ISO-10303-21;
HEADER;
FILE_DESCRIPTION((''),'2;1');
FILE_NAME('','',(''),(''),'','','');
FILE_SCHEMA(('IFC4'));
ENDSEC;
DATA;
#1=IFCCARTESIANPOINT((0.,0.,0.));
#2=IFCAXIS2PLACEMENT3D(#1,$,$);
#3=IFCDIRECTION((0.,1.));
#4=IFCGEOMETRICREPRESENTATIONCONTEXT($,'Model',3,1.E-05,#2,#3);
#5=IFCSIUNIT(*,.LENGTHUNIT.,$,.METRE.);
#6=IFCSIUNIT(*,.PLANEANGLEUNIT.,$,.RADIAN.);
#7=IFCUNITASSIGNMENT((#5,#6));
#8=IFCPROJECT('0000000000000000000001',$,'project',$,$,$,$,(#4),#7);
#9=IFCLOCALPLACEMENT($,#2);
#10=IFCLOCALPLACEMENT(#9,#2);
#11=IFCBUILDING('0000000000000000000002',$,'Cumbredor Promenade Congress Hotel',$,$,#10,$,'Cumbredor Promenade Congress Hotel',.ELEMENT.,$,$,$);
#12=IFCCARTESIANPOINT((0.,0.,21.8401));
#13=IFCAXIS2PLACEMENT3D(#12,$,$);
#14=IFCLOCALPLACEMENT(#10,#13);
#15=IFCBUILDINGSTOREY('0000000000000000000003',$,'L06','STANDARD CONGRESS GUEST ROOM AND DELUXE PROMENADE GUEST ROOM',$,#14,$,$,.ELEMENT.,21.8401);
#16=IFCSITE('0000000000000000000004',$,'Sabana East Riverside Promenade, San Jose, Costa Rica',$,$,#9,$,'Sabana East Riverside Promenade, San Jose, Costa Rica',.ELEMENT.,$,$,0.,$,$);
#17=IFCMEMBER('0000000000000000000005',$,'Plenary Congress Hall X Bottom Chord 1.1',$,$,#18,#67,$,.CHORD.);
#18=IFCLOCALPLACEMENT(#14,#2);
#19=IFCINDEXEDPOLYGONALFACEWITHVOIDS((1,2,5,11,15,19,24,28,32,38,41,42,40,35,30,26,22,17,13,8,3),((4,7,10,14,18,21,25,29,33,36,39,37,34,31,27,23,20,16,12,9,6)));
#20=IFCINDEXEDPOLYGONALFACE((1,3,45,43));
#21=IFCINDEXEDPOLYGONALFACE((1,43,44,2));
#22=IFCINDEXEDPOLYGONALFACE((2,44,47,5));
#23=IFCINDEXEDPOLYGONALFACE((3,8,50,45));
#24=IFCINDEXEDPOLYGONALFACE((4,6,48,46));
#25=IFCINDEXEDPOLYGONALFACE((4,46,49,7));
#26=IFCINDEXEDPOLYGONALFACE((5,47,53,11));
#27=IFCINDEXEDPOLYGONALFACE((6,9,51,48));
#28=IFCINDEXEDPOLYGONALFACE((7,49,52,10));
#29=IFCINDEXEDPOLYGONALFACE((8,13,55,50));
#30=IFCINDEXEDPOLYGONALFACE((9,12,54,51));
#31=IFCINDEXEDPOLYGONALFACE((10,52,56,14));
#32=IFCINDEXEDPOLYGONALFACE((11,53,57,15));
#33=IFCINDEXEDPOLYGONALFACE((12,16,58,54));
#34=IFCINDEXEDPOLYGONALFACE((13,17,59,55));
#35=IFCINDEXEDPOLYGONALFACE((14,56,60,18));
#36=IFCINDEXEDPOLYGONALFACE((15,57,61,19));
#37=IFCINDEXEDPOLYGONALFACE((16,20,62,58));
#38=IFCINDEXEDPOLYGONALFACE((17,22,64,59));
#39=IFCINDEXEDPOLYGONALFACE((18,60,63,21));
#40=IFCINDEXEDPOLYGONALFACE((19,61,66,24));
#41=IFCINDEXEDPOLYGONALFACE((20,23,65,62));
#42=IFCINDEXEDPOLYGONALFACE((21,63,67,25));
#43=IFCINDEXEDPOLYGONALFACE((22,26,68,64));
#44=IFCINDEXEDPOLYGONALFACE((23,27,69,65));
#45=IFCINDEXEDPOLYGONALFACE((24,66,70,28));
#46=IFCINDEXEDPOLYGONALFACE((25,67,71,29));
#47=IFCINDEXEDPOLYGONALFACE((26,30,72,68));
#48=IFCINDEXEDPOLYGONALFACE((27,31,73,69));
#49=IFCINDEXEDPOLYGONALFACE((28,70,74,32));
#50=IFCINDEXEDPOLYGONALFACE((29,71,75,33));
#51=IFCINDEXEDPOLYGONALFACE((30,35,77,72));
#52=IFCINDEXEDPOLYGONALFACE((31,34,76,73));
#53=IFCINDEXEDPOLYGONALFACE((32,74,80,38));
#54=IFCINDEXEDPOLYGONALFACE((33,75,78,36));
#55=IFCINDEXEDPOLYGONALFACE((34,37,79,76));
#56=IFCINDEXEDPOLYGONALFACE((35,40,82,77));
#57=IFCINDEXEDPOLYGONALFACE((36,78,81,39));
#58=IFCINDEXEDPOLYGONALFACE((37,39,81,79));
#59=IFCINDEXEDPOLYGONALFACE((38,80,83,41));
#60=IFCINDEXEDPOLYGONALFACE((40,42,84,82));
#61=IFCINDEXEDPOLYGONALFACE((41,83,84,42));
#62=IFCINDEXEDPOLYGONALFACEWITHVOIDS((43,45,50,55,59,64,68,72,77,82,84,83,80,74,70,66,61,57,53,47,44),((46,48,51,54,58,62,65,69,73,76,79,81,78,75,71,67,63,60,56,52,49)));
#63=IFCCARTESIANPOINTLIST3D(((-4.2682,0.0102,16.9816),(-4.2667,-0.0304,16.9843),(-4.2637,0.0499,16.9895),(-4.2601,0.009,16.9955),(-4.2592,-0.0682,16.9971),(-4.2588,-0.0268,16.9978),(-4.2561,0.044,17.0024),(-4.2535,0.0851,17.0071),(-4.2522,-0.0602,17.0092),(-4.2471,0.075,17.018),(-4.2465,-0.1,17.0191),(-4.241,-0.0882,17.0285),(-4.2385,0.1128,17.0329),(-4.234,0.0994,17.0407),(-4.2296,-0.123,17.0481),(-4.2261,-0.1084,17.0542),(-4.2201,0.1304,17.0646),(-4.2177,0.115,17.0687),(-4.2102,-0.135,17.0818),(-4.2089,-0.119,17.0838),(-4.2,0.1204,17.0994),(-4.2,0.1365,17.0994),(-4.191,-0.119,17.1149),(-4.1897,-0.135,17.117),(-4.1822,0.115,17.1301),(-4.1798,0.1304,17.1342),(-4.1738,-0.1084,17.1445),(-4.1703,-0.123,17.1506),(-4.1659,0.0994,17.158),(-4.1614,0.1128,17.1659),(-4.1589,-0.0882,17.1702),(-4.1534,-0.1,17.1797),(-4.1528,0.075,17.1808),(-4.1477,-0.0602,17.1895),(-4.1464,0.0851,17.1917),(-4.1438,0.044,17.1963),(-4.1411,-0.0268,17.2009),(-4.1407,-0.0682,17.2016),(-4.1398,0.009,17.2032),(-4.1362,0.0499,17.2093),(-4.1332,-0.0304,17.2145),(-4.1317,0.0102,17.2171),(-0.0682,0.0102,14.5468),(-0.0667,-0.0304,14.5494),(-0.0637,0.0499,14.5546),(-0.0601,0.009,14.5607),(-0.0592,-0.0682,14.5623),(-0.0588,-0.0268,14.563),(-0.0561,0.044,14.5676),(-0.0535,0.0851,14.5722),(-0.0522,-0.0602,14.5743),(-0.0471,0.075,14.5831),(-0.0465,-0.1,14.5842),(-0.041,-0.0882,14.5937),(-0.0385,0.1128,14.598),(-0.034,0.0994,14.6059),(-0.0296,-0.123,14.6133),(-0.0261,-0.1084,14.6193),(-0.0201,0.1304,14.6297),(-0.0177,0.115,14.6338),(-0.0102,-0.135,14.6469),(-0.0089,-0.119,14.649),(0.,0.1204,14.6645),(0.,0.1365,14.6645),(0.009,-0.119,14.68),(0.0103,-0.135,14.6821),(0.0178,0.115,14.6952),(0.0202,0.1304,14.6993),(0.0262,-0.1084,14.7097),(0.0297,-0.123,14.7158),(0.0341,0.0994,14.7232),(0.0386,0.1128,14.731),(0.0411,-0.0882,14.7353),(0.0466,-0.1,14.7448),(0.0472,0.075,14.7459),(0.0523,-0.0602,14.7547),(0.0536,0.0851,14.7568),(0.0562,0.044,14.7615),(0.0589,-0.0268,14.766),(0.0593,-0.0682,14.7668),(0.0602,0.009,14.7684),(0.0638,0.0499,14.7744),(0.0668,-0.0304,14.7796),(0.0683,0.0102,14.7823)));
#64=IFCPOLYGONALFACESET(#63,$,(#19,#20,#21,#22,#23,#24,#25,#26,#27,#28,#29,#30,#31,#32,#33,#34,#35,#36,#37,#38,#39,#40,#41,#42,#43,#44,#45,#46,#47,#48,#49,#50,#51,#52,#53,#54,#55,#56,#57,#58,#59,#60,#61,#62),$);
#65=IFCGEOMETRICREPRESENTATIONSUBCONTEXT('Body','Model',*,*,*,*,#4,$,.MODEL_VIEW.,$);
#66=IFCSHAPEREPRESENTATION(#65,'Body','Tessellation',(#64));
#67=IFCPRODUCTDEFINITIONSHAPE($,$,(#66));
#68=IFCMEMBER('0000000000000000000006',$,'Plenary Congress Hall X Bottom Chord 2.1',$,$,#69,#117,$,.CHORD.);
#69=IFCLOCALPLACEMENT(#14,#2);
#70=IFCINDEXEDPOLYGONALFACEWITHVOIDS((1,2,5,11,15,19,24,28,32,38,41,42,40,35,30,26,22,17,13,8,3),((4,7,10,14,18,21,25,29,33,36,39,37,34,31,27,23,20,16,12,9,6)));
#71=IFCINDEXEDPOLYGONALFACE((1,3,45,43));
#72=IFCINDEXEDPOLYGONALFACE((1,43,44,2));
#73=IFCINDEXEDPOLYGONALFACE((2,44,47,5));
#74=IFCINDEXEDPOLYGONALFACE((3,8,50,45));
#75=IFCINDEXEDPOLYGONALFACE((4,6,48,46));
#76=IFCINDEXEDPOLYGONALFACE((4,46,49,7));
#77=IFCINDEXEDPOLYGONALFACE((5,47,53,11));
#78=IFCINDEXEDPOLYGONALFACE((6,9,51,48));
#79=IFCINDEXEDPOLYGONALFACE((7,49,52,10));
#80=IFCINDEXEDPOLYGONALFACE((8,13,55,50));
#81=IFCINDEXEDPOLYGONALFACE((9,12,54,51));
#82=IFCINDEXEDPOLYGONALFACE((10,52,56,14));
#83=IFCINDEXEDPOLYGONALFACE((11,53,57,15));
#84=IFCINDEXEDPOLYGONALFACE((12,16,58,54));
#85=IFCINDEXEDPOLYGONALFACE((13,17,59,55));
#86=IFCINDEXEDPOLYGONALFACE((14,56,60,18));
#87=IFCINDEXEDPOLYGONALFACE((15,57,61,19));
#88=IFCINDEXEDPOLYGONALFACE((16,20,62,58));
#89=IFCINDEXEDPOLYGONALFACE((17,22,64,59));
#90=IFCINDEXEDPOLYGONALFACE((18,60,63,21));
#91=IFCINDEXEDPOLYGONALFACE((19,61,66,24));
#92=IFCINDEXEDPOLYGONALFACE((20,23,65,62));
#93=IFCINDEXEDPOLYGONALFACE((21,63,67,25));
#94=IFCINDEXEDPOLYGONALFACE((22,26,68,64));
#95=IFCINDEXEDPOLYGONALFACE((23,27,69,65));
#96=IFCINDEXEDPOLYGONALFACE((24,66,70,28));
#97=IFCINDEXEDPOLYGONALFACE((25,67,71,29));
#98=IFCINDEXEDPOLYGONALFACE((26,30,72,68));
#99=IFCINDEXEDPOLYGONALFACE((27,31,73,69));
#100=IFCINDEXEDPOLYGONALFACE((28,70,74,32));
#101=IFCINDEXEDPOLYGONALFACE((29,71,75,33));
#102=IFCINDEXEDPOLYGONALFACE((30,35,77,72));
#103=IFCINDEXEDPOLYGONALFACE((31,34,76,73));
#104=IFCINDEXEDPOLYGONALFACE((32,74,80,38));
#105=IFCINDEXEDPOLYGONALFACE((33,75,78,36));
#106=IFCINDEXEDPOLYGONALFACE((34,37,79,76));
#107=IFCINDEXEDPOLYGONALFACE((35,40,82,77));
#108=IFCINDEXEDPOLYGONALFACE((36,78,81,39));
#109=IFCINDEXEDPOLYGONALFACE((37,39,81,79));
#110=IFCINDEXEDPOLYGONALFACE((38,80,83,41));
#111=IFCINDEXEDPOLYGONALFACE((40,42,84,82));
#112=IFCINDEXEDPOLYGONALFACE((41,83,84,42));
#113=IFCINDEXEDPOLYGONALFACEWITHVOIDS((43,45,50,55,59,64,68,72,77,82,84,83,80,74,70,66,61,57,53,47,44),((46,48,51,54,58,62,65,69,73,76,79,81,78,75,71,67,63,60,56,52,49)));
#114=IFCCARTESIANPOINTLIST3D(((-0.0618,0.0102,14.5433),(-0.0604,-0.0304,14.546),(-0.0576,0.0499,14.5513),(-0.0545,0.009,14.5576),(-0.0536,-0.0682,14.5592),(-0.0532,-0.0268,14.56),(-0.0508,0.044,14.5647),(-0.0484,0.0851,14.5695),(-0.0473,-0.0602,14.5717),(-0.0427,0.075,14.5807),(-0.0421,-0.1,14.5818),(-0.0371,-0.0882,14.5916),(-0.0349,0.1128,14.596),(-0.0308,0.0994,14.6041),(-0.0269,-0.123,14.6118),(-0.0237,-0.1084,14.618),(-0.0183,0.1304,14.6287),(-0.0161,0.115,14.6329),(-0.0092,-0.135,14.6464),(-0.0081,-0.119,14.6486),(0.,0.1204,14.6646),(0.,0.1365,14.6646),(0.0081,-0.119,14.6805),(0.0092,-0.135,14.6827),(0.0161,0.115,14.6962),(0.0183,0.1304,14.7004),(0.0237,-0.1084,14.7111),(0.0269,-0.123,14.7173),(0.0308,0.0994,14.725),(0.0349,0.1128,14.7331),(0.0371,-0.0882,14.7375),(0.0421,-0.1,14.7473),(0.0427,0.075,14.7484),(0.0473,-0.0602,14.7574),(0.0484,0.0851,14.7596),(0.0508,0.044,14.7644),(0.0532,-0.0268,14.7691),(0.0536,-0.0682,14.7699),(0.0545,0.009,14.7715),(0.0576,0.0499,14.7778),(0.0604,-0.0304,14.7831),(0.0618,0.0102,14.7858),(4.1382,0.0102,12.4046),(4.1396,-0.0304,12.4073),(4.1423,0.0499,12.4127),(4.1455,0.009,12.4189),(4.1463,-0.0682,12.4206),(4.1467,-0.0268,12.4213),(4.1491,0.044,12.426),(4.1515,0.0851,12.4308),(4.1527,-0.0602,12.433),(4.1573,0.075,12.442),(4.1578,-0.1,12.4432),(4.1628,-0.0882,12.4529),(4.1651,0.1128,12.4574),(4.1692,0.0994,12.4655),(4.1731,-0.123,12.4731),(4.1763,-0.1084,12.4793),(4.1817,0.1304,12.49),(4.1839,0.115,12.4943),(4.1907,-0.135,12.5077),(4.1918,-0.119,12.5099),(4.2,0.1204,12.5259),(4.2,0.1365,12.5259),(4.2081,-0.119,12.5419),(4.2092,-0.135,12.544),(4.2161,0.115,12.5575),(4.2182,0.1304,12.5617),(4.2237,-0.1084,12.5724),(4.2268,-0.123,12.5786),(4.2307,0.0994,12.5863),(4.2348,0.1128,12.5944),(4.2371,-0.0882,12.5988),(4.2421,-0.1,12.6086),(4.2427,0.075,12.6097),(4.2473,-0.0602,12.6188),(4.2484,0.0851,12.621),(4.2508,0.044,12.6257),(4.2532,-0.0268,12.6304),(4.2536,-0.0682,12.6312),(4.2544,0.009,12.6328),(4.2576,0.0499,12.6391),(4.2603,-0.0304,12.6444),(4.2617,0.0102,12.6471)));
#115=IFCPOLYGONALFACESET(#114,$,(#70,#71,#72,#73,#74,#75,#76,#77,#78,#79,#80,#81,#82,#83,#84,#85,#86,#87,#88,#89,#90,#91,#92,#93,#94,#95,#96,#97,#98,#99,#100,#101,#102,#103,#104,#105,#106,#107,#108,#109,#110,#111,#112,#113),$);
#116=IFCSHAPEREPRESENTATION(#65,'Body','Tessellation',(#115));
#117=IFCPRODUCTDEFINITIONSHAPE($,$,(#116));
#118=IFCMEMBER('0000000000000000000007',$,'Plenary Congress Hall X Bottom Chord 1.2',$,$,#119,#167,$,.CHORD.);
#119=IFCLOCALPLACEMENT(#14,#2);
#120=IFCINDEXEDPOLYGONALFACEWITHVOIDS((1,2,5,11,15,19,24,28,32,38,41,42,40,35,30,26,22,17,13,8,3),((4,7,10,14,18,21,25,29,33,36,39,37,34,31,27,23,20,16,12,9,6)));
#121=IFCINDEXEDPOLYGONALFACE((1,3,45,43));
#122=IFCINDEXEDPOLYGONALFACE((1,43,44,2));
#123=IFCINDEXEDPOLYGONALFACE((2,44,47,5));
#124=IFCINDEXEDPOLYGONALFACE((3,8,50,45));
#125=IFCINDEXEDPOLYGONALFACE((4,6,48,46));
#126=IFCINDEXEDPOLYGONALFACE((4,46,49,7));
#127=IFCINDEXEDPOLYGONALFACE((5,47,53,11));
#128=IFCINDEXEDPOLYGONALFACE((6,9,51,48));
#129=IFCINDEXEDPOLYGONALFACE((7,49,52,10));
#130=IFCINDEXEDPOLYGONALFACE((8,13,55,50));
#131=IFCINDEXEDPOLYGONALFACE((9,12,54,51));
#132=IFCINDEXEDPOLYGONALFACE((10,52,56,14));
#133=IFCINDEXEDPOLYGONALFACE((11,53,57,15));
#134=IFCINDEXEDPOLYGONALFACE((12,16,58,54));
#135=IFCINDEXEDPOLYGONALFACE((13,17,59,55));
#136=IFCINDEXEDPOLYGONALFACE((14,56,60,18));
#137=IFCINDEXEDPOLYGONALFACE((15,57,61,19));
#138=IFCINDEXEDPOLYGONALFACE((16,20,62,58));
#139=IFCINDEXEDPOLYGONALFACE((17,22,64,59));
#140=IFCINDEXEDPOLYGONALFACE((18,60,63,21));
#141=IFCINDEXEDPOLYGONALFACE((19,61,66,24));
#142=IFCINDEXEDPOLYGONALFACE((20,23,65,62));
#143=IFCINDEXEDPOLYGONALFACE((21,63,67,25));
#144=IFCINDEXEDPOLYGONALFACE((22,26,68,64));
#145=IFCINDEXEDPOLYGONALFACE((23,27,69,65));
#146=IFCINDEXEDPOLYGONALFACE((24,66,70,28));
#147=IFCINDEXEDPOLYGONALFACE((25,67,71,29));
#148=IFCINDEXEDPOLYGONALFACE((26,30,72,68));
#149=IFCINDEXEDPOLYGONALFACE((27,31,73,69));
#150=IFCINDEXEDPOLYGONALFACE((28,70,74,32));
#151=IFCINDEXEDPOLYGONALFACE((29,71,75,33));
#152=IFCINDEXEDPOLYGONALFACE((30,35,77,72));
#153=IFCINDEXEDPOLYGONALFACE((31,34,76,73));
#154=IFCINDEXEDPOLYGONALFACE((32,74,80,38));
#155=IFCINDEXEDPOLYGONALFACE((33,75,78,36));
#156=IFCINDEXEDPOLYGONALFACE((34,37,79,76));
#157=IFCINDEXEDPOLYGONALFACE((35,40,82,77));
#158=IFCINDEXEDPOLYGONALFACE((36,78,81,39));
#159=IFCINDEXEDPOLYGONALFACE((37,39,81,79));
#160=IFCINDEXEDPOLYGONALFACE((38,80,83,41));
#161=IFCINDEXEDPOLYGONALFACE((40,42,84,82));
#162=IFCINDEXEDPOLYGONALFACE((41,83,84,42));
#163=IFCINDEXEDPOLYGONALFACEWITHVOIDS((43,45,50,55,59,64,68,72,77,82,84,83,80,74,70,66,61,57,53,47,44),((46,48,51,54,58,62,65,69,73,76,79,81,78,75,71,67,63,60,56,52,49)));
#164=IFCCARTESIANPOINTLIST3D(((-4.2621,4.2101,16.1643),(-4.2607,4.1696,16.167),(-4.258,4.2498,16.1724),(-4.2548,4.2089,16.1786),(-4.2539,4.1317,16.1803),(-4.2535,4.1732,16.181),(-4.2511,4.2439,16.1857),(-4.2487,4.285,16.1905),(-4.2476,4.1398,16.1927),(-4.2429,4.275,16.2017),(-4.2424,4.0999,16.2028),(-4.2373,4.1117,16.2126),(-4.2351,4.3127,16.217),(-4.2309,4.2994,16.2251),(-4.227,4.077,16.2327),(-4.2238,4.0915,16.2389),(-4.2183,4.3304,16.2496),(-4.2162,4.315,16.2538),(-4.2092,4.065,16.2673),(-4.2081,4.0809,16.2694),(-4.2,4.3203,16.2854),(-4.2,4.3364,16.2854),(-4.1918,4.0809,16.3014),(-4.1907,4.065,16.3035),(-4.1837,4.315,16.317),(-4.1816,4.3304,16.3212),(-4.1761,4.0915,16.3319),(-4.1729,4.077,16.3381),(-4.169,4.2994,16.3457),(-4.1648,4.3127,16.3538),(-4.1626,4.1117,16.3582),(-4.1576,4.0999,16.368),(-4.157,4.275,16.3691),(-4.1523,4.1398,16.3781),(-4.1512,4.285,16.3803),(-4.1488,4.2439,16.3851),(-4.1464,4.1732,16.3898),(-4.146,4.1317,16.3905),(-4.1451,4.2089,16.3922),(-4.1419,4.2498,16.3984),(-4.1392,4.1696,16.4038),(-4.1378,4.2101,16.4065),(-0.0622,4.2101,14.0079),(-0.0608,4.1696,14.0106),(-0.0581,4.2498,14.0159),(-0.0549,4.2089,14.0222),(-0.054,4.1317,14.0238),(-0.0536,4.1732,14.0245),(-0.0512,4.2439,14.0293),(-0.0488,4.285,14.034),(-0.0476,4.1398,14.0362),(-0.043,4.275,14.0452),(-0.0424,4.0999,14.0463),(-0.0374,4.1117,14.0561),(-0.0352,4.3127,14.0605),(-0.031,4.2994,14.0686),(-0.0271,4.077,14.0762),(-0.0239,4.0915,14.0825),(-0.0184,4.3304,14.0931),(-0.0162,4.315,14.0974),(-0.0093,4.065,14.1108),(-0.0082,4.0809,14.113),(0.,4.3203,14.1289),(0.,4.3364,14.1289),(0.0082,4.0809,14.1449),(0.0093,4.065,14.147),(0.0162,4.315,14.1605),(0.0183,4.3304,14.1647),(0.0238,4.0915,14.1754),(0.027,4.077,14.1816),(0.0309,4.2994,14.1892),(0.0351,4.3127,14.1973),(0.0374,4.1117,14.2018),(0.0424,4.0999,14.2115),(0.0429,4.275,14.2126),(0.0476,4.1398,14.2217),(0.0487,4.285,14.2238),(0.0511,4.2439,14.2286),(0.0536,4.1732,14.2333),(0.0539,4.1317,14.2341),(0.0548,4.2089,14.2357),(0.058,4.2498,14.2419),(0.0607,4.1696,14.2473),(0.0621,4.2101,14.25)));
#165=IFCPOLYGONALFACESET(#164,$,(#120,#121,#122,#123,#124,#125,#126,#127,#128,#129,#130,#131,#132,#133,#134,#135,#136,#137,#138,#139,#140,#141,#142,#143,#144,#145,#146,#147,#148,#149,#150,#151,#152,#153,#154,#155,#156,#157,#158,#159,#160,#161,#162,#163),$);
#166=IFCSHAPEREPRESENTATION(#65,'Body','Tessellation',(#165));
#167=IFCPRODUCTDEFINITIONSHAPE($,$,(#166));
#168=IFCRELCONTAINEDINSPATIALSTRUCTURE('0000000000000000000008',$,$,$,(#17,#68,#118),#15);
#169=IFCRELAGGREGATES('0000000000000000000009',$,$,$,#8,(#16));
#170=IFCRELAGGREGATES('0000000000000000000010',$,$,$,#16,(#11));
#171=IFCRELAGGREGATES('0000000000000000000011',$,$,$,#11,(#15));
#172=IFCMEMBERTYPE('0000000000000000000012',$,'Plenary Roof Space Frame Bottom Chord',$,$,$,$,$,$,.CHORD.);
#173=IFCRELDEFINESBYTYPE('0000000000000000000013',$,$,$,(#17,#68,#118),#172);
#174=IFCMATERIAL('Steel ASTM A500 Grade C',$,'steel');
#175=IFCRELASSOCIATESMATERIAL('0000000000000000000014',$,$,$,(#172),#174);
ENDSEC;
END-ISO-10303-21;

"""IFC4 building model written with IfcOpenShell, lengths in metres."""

from ifc_helpers import new_model, si_unit, direction, frame, origin, origin_2d, place, context, subcontext, project, spatial, hollow_circle, extrude, material, material_profile, profile_set, type_object, element, save


model = new_model("IFC4")

# Units and contexts
model_context = context("Model", 3, precision=1e-05, world=origin(), true_north=direction((0.0, 1.0)))
body_context = subcontext(model_context, "Body", "Model", "MODEL_VIEW")
ifc_project = project(units=[si_unit("LENGTHUNIT", "METRE"), si_unit("PLANEANGLEUNIT", "RADIAN")], contexts=[model_context])

# Site, building, storey
site_placement = place(None, origin())
site = spatial("IfcSite", under=ifc_project, at=site_placement, Name="Sabana East Riverside Promenade, San Jose, Costa Rica", LongName="Sabana East Riverside Promenade, San Jose, Costa Rica", CompositionType="ELEMENT", RefElevation=0.0)
building_placement = place(site_placement, origin())
building = spatial("IfcBuilding", under=site, at=building_placement, Name="Cumbredor Promenade Congress Hotel", LongName="Cumbredor Promenade Congress Hotel", CompositionType="ELEMENT")
storey_placement = place(building_placement, frame((0.0, 0.0, 21.8401)))
storey = spatial("IfcBuildingStorey", under=building, at=storey_placement, Name="L06", Description="STANDARD CONGRESS GUEST ROOM AND DELUXE PROMENADE GUEST ROOM", CompositionType="ELEMENT", Elevation=21.8401)

# Members
ifc_material_1 = material(Name="Steel ASTM A500 Grade C", Category="steel")
ifc_material_profile_1 = material_profile(ifc_material_1, hollow_circle(Radius=0.1365, WallThickness=0.0161, at=origin_2d()), Name="CHS 273.0x16")
ifc_profile_set_1 = profile_set([ifc_material_profile_1], Name="Steel ASTM A500 Grade C")
member_type_1 = type_object("IfcMemberType", Name="Plenary Roof Space Frame Bottom Chord", PredefinedType="CHORD", material=ifc_profile_set_1)
member_1_placement = place(storey_placement, frame((-4.2, 0.0, 17.0994), z_axis=(0.865135, 0.0, -0.50154), x_axis=(0.0, 1.0, 0.0)))
element("IfcMember", 1, at=member_1_placement, inside=storey, type_object=member_type_1, Name="Plenary Congress Hall X Bottom Chord 1.1", PredefinedType="CHORD", context=body_context, shape_type="SweptSolid", body=[
    extrude(hollow_circle(Radius=0.1365, WallThickness=0.0161, at=origin_2d()), origin(), (0.0, 0.0, 1.0), 4.8547),
])
member_2_placement = place(storey_placement, frame((0.0, 0.0, 14.6646), z_axis=(0.891119, 0.0, -0.45377), x_axis=(0.0, 1.0, 0.0)))
element("IfcMember", 2, at=member_2_placement, inside=storey, type_object=member_type_1, Name="Plenary Congress Hall X Bottom Chord 2.1", PredefinedType="CHORD", context=body_context, shape_type="SweptSolid", body=[
    extrude(hollow_circle(Radius=0.1365, WallThickness=0.0161, at=origin_2d()), origin(), (0.0, 0.0, 1.0), 4.7131),
])
member_3_placement = place(storey_placement, frame((-4.2, 4.2, 16.2854), z_axis=(0.889587, 0.0, -0.456765), x_axis=(0.0, 1.0, 0.0)))
element("IfcMember", 3, at=member_3_placement, inside=storey, type_object=member_type_1, Name="Plenary Congress Hall X Bottom Chord 1.2", PredefinedType="CHORD", context=body_context, shape_type="SweptSolid", body=[
    extrude(hollow_circle(Radius=0.1365, WallThickness=0.0161, at=origin_2d()), origin(), (0.0, 0.0, 1.0), 4.7212),
])

save(model, "model.ifc")
